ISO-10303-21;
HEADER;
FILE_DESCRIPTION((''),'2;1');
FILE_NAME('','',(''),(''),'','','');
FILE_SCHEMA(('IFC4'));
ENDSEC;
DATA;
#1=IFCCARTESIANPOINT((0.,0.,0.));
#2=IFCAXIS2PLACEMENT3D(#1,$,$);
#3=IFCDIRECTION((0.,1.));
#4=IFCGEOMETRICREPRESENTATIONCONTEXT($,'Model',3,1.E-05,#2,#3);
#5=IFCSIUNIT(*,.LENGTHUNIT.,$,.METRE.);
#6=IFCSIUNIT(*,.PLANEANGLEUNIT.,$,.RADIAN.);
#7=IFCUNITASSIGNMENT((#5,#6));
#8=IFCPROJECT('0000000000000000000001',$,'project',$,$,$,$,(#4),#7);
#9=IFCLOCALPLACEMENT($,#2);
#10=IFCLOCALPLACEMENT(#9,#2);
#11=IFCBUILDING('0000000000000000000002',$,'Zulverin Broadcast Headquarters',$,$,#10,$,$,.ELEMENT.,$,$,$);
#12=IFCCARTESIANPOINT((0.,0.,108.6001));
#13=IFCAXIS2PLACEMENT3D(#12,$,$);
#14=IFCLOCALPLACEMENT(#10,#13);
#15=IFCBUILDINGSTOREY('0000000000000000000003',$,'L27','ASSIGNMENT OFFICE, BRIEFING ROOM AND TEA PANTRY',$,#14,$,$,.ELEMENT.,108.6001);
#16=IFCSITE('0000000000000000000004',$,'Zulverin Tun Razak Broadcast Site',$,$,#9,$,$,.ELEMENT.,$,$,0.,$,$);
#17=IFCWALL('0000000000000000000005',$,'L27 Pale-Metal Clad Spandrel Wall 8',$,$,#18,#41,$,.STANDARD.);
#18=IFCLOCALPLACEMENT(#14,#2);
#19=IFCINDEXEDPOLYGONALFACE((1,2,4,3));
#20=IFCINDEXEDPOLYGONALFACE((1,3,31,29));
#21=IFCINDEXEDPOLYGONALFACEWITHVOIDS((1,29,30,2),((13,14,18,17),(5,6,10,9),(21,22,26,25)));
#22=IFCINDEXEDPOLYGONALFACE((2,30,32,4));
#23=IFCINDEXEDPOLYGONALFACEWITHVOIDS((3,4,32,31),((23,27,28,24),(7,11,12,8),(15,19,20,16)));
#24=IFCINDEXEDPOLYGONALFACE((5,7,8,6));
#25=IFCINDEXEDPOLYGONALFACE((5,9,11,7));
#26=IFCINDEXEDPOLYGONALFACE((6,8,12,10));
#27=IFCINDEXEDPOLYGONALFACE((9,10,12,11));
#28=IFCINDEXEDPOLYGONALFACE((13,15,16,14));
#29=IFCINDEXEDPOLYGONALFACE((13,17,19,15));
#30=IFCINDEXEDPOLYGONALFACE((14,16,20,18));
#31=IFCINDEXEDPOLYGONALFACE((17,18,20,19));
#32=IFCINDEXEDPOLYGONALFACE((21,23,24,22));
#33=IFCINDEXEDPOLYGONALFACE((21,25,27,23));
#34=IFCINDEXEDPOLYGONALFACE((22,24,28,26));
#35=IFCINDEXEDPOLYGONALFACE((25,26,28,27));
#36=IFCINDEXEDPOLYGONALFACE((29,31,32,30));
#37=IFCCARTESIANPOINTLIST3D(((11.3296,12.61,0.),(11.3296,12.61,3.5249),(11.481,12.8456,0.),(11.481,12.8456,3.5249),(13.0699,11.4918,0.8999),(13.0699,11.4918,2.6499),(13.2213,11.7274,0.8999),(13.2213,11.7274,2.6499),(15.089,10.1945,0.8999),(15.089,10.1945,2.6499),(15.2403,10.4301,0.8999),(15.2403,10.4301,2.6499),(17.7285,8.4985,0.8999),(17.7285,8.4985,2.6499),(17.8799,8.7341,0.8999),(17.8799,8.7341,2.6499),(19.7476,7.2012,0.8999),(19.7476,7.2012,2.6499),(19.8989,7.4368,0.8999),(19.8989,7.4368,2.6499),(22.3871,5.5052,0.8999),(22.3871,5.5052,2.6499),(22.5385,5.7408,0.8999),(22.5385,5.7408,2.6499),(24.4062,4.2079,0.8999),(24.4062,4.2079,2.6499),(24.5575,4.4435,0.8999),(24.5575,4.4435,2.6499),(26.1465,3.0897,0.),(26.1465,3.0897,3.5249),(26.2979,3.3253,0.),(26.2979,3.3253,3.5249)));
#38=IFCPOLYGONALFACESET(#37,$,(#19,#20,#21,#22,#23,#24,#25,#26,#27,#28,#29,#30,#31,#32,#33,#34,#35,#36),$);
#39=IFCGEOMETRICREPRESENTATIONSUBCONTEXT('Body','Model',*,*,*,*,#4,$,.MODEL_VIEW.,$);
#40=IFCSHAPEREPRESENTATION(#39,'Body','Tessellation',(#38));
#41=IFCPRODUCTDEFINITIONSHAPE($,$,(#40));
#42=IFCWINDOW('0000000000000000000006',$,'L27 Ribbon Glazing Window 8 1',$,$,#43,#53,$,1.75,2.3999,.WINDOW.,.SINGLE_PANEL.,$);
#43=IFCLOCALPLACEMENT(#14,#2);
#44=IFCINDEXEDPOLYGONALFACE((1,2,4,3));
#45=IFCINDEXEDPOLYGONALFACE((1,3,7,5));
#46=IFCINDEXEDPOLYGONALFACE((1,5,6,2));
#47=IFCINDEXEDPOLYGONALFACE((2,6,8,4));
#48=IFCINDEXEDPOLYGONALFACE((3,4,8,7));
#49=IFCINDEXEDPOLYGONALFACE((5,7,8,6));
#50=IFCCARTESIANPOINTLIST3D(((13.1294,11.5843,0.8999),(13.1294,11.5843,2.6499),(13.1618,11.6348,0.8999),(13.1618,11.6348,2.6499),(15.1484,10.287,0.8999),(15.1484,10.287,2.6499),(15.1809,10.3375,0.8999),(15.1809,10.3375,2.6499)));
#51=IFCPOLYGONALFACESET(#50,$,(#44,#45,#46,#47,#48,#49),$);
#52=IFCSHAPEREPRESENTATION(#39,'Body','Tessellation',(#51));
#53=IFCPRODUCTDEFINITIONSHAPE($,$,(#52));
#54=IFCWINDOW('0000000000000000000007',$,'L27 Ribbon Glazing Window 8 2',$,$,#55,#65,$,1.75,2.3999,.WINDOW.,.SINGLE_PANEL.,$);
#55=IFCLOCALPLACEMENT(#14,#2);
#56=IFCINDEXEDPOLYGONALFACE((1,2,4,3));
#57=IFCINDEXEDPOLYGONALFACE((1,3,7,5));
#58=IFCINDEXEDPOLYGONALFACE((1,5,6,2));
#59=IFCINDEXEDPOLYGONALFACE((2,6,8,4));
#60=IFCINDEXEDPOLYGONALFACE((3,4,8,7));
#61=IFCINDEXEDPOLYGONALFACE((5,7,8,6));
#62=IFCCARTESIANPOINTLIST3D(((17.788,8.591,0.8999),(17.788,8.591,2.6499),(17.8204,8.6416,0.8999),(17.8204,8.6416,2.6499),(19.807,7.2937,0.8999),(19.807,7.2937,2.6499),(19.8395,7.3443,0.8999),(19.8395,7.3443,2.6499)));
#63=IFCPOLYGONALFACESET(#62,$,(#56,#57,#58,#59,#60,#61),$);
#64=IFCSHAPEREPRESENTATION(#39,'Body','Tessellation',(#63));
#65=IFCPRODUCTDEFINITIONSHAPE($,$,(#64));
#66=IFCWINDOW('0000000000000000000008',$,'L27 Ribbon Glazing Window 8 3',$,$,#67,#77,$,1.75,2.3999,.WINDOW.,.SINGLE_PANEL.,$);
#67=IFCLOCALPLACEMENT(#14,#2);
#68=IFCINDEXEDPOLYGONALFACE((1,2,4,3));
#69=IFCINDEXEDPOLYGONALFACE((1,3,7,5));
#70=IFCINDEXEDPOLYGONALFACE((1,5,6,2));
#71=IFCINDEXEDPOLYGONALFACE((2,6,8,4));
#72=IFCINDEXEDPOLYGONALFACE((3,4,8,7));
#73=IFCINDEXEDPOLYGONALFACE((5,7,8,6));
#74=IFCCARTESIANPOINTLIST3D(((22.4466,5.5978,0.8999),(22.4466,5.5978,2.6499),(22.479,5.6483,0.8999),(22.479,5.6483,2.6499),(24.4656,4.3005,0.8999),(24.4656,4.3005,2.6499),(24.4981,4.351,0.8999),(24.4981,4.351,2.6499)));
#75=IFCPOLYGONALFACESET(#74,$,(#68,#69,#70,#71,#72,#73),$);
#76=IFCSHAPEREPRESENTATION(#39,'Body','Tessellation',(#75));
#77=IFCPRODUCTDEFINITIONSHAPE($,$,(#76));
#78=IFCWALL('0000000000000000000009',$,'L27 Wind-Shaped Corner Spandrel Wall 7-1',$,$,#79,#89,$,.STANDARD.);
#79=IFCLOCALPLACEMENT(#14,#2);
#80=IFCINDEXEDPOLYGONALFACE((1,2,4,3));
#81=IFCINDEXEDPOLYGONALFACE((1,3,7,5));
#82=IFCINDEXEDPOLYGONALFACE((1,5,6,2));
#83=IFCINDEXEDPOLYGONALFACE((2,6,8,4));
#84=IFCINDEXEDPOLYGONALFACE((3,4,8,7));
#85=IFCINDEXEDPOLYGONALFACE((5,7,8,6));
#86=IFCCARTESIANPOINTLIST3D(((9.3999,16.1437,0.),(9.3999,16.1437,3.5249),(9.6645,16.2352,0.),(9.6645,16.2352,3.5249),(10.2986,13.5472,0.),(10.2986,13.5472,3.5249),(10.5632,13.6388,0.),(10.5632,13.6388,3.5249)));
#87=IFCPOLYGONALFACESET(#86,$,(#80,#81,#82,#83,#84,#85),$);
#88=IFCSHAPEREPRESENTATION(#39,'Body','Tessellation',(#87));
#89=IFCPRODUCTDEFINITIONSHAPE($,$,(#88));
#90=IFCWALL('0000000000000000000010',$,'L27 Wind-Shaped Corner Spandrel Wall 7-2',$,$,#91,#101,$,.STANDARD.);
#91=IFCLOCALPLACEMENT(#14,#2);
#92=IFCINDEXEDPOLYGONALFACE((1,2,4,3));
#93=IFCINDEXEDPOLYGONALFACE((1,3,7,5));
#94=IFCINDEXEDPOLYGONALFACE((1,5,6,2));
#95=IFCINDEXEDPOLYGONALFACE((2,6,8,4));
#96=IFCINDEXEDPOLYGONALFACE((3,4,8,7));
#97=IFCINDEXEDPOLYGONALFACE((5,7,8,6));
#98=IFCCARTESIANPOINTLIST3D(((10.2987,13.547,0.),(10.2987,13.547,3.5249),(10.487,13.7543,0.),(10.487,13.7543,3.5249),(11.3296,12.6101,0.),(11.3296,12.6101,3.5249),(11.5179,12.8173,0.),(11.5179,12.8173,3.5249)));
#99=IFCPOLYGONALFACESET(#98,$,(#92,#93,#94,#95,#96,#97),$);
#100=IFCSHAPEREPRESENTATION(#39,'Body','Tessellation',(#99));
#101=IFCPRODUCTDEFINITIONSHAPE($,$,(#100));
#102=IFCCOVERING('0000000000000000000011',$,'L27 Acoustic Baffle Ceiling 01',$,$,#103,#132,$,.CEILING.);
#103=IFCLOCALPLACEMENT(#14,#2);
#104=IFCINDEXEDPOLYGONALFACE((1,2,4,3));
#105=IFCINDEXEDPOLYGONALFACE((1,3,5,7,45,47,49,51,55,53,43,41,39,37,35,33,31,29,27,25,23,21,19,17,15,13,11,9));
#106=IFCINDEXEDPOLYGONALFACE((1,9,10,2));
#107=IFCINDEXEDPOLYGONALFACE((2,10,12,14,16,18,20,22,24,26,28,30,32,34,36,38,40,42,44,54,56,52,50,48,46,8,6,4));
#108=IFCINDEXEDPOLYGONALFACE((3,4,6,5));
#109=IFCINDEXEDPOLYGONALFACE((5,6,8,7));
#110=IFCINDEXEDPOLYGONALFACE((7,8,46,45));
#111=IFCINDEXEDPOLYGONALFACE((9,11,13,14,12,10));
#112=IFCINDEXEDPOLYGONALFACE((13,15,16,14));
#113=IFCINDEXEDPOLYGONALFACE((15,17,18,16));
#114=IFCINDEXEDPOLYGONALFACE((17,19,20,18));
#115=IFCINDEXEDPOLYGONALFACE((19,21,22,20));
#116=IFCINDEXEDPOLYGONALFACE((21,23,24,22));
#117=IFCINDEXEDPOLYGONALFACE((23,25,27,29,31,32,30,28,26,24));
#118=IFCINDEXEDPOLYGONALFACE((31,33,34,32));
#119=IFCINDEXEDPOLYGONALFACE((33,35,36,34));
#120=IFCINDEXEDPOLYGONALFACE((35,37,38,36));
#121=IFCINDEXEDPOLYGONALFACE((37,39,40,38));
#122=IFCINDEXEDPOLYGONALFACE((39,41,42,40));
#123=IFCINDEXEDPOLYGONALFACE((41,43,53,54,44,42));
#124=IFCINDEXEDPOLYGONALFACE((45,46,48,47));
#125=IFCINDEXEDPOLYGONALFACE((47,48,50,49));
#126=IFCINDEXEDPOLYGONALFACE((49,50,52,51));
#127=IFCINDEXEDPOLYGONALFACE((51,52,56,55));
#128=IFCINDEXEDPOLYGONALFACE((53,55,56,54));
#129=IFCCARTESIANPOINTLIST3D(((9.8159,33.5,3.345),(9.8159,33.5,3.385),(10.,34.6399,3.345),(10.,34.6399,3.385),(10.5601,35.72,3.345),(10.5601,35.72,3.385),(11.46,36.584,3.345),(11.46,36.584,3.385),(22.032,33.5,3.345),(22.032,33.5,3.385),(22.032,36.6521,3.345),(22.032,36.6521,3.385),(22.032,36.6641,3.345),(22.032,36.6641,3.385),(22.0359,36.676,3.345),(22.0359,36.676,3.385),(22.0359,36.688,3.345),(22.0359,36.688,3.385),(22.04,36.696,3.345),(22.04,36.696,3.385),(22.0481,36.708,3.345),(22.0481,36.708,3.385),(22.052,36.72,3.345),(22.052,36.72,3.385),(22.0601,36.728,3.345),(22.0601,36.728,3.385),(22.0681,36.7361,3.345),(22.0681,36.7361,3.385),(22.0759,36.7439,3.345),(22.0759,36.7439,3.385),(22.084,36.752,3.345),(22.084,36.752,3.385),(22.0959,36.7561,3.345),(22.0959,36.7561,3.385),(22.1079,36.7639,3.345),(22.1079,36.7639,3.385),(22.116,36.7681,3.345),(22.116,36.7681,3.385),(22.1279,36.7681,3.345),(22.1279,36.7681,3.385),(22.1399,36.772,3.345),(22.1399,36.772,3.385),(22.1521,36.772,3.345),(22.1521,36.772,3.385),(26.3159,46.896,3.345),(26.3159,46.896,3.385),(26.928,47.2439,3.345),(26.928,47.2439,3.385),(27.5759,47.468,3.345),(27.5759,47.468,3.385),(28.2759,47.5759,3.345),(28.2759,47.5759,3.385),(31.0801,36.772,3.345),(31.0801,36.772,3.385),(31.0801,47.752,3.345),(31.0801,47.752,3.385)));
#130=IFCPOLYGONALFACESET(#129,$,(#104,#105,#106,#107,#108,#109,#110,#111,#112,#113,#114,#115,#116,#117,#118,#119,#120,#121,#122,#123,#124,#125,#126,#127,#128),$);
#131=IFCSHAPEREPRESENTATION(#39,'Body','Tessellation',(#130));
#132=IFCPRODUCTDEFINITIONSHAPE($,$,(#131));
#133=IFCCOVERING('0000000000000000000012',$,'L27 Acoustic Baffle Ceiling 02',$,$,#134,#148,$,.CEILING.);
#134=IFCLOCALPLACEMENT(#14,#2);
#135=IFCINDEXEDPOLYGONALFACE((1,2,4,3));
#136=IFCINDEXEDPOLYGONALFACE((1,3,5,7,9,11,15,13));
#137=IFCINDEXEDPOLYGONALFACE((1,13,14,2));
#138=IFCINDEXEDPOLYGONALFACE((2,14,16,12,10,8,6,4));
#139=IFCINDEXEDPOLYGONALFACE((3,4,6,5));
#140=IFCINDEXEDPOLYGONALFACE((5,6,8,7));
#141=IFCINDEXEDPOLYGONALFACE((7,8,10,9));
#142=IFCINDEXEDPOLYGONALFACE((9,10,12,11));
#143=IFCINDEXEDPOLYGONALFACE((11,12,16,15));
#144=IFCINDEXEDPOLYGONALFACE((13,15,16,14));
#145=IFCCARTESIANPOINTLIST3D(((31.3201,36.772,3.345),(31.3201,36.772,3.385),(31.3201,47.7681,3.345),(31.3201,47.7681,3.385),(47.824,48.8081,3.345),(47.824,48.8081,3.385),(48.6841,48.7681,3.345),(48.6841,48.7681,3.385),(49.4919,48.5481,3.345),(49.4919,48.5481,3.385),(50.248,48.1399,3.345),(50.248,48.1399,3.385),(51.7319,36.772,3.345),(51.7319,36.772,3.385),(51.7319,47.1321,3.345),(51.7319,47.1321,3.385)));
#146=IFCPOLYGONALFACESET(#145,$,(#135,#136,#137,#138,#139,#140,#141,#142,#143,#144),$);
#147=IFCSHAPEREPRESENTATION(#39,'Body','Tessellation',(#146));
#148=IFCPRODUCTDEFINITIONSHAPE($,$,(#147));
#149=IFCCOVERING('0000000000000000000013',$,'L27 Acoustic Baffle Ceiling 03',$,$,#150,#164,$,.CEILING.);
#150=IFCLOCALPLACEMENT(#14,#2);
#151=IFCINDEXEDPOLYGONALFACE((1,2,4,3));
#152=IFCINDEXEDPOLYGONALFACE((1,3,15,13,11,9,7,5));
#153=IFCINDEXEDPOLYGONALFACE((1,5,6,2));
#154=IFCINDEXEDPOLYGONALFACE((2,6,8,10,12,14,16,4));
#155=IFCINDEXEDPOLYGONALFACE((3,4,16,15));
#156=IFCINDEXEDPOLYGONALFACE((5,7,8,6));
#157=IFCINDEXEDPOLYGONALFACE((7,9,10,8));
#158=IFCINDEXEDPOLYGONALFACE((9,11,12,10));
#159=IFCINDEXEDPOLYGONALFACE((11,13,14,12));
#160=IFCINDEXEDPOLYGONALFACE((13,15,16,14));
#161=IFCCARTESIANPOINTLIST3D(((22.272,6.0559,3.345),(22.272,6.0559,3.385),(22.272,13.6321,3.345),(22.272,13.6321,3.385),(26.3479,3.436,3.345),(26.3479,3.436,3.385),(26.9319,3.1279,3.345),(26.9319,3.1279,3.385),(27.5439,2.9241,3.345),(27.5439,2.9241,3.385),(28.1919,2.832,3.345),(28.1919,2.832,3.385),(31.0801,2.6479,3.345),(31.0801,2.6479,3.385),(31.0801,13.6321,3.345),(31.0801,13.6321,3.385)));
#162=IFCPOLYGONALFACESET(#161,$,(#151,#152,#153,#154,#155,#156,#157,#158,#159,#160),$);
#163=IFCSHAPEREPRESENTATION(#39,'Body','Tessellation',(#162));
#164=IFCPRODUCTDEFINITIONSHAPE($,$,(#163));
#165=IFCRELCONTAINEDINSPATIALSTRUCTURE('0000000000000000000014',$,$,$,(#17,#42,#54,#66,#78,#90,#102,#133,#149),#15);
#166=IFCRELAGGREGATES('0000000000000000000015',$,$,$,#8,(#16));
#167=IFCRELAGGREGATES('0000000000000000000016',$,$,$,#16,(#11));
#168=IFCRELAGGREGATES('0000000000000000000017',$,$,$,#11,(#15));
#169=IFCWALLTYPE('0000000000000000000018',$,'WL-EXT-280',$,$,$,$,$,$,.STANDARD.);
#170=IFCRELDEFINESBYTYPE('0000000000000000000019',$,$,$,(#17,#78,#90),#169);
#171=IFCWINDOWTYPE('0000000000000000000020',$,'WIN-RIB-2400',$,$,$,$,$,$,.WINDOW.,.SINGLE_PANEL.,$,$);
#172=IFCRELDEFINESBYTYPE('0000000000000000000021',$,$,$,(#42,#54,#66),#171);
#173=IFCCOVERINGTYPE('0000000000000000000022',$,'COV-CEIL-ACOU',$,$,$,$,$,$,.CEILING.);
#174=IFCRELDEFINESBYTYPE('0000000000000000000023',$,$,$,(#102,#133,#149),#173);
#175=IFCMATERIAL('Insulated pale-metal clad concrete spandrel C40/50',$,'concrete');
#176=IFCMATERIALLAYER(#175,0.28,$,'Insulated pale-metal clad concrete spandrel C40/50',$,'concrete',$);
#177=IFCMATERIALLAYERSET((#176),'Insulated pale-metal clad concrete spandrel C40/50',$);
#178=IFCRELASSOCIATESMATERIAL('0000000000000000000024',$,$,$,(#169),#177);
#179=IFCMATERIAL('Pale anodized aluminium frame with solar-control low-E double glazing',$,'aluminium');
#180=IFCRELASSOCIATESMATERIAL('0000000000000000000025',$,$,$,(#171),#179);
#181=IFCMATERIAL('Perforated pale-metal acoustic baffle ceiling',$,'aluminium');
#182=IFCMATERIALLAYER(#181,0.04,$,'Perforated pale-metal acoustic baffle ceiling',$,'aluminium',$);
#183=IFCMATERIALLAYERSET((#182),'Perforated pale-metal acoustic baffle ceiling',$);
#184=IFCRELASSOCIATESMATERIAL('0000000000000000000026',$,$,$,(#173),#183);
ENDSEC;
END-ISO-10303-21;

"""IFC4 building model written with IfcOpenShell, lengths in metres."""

from ifc_helpers import new_model, si_unit, direction, frame, frame_2d, origin, place, context, subcontext, project, spatial, polyline, rectangle, outline, extrude, material, layer, layer_set, type_object, element, fill, save


model = new_model("IFC4")

# Units and contexts
model_context = context("Model", 3, precision=1e-05, world=origin(), true_north=direction((0.0, 1.0)))
body_context = subcontext(model_context, "Body", "Model", "MODEL_VIEW")
ifc_project = project(units=[si_unit("LENGTHUNIT", "METRE"), si_unit("PLANEANGLEUNIT", "RADIAN")], contexts=[model_context])

# Site, building, storey
site_placement = place(None, origin())
site = spatial("IfcSite", under=ifc_project, at=site_placement, Name="Zulverin Tun Razak Broadcast Site", CompositionType="ELEMENT", RefElevation=0.0)
building_placement = place(site_placement, origin())
building = spatial("IfcBuilding", under=site, at=building_placement, Name="Zulverin Broadcast Headquarters", CompositionType="ELEMENT")
storey_placement = place(building_placement, frame((0.0, 0.0, 108.6001)))
storey = spatial("IfcBuildingStorey", under=building, at=storey_placement, Name="L27", Description="ASSIGNMENT OFFICE, BRIEFING ROOM AND TEA PANTRY", CompositionType="ELEMENT", Elevation=108.6001)

# Wall, openings, windows
ifc_material_1 = material(Name="Insulated pale-metal clad concrete spandrel C40/50", Category="concrete")
ifc_layer_1 = layer(ifc_material_1, 0.28, Name="Insulated pale-metal clad concrete spandrel C40/50", Category="concrete")
ifc_layer_set_1 = layer_set([ifc_layer_1], Name="Insulated pale-metal clad concrete spandrel C40/50")
wall_type = type_object("IfcWallType", Name="WL-EXT-280", PredefinedType="STANDARD", material=ifc_layer_set_1)
wall_1_placement = place(storey_placement, frame((11.4053, 12.7278, 0.0), z_axis=(0.0, 0.0, 1.0), x_axis=(0.841305, -0.540561, 0.0)))
wall_1 = element("IfcWall", 1, at=wall_1_placement, inside=storey, type_object=wall_type, Name="L27 Pale-Metal Clad Spandrel Wall 8", PredefinedType="STANDARD", context=body_context, shape_type="SweptSolid", body=[
    extrude(rectangle(XDim=17.6118, YDim=0.28, at=frame_2d((8.8059, 0.0))), origin(), (0.0, 0.0, 1.0), 3.5249),
])
opening_1_placement = place(wall_1_placement, frame((2.0686, 0.0, 0.8999)))
opening_1 = element("IfcOpeningElement", 2, at=opening_1_placement, cuts=wall_1, PredefinedType="OPENING", context=body_context, shape_type="SweptSolid", body=[
    extrude(rectangle(XDim=2.3999, YDim=1.75, at=frame_2d((1.2, 0.875))), frame((0.0, 0.1499, 0.0), z_axis=(0.0, -1.0, 0.0), x_axis=(1.0, 0.0, 0.0)), (0.0, 0.0, 1.0), 0.3),
])
opening_2_placement = place(wall_1_placement, frame((7.606, 0.0, 0.8999)))
opening_2 = element("IfcOpeningElement", 3, at=opening_2_placement, cuts=wall_1, PredefinedType="OPENING", context=body_context, shape_type="SweptSolid", body=[
    extrude(rectangle(XDim=2.3999, YDim=1.75, at=frame_2d((1.2, 0.875))), frame((0.0, 0.1499, 0.0), z_axis=(0.0, -1.0, 0.0), x_axis=(1.0, 0.0, 0.0)), (0.0, 0.0, 1.0), 0.3),
])
opening_3_placement = place(wall_1_placement, frame((13.1433, 0.0, 0.8999)))
opening_3 = element("IfcOpeningElement", 4, at=opening_3_placement, cuts=wall_1, PredefinedType="OPENING", context=body_context, shape_type="SweptSolid", body=[
    extrude(rectangle(XDim=2.3999, YDim=1.75, at=frame_2d((1.2, 0.875))), frame((0.0, 0.1499, 0.0), z_axis=(0.0, -1.0, 0.0), x_axis=(1.0, 0.0, 0.0)), (0.0, 0.0, 1.0), 0.3),
])
ifc_material_2 = material(Name="Pale anodized aluminium frame with solar-control low-E double glazing", Category="aluminium")
window_type = type_object("IfcWindowType", Name="WIN-RIB-2400", PartitioningType="SINGLE_PANEL", PredefinedType="WINDOW", material=ifc_material_2)
window_1_placement = place(opening_1_placement, origin())
window_1 = element("IfcWindow", 5, at=window_1_placement, inside=storey, type_object=window_type, Name="L27 Ribbon Glazing Window 8 1", OverallHeight=1.75, OverallWidth=2.3999, PartitioningType="SINGLE_PANEL", PredefinedType="WINDOW", context=body_context, shape_type="SweptSolid", body=[
    extrude(rectangle(XDim=2.3999, YDim=1.75, at=frame_2d((1.2, 0.875))), frame((0.0, 0.03, 0.0), z_axis=(0.0, -1.0, 0.0), x_axis=(1.0, 0.0, 0.0)), (0.0, 0.0, 1.0), 0.0601),
])
fill(opening_1, window_1)
window_2_placement = place(opening_2_placement, origin())
window_2 = element("IfcWindow", 6, at=window_2_placement, inside=storey, type_object=window_type, Name="L27 Ribbon Glazing Window 8 2", OverallHeight=1.75, OverallWidth=2.3999, PartitioningType="SINGLE_PANEL", PredefinedType="WINDOW", context=body_context, shape_type="SweptSolid", body=[
    extrude(rectangle(XDim=2.3999, YDim=1.75, at=frame_2d((1.2, 0.875))), frame((0.0, 0.03, 0.0), z_axis=(0.0, -1.0, 0.0), x_axis=(1.0, 0.0, 0.0)), (0.0, 0.0, 1.0), 0.0601),
])
fill(opening_2, window_2)
window_3_placement = place(opening_3_placement, origin())
window_3 = element("IfcWindow", 7, at=window_3_placement, inside=storey, type_object=window_type, Name="L27 Ribbon Glazing Window 8 3", OverallHeight=1.75, OverallWidth=2.3999, PartitioningType="SINGLE_PANEL", PredefinedType="WINDOW", context=body_context, shape_type="SweptSolid", body=[
    extrude(rectangle(XDim=2.3999, YDim=1.75, at=frame_2d((1.2, 0.875))), frame((0.0, 0.03, 0.0), z_axis=(0.0, -1.0, 0.0), x_axis=(1.0, 0.0, 0.0)), (0.0, 0.0, 1.0), 0.0601),
])
fill(opening_3, window_3)

# Walls
wall_2_placement = place(storey_placement, frame((9.5322, 16.1895, 0.0), z_axis=(0.0, 0.0, 1.0), x_axis=(0.327083, -0.944996, 0.0)))
element("IfcWall", 8, at=wall_2_placement, inside=storey, type_object=wall_type, Name="L27 Wind-Shaped Corner Spandrel Wall 7-1", PredefinedType="STANDARD", context=body_context, shape_type="SweptSolid", body=[
    extrude(rectangle(XDim=2.7476, YDim=0.28, at=frame_2d((1.3738, 0.0))), origin(), (0.0, 0.0, 1.0), 3.5249),
])
wall_3_placement = place(storey_placement, frame((10.3928, 13.6506, 0.0), z_axis=(0.0, 0.0, 1.0), x_axis=(0.740035, -0.672568, 0.0)))
element("IfcWall", 9, at=wall_3_placement, inside=storey, type_object=wall_type, Name="L27 Wind-Shaped Corner Spandrel Wall 7-2", PredefinedType="STANDARD", context=body_context, shape_type="SweptSolid", body=[
    extrude(rectangle(XDim=1.3931, YDim=0.28, at=frame_2d((0.6965, 0.0))), origin(), (0.0, 0.0, 1.0), 3.5249),
])

# Coverings
ifc_material_3 = material(Name="Perforated pale-metal acoustic baffle ceiling", Category="aluminium")
ifc_layer_2 = layer(ifc_material_3, 0.04, Name="Perforated pale-metal acoustic baffle ceiling", Category="aluminium")
ifc_layer_set_2 = layer_set([ifc_layer_2], Name="Perforated pale-metal acoustic baffle ceiling")
covering_type_1 = type_object("IfcCoveringType", Name="COV-CEIL-ACOU", PredefinedType="CEILING", material=ifc_layer_set_2)
covering_1_placement = place(storey_placement, frame((0.0, 0.0, 3.345)))
element("IfcCovering", 10, at=covering_1_placement, inside=storey, type_object=covering_type_1, Name="L27 Acoustic Baffle Ceiling 01", PredefinedType="CEILING", context=body_context, shape_type="SweptSolid", body=[
    extrude(outline(polyline([(11.46, 36.584), (10.5601, 35.72), (10.0, 34.6399), (9.8159, 33.5), (22.032, 33.5), (22.032, 36.6521), (22.032, 36.6641), (22.0359, 36.676), (22.0359, 36.688), (22.04, 36.696), (22.0481, 36.708), (22.052, 36.72), (22.0601, 36.728), (22.0681, 36.7361), (22.0759, 36.7439), (22.084, 36.752), (22.0959, 36.7561), (22.1079, 36.7639), (22.116, 36.7681), (22.1279, 36.7681), (22.1399, 36.772), (22.1521, 36.772), (31.0801, 36.772), (31.0801, 47.752), (28.2759, 47.5759), (27.5759, 47.468), (26.928, 47.2439), (26.3159, 46.896), (11.46, 36.584)])), origin(), (0.0, 0.0, 1.0), 0.04),
])
covering_2_placement = place(storey_placement, frame((0.0, 0.0, 3.345)))
element("IfcCovering", 11, at=covering_2_placement, inside=storey, type_object=covering_type_1, Name="L27 Acoustic Baffle Ceiling 02", PredefinedType="CEILING", context=body_context, shape_type="SweptSolid", body=[
    extrude(outline(polyline([(51.7319, 36.772), (51.7319, 47.1321), (50.248, 48.1399), (49.4919, 48.5481), (48.6841, 48.7681), (47.824, 48.8081), (31.3201, 47.7681), (31.3201, 36.772), (51.7319, 36.772)])), origin(), (0.0, 0.0, 1.0), 0.04),
])
covering_3_placement = place(storey_placement, frame((0.0, 0.0, 3.345)))
element("IfcCovering", 12, at=covering_3_placement, inside=storey, type_object=covering_type_1, Name="L27 Acoustic Baffle Ceiling 03", PredefinedType="CEILING", context=body_context, shape_type="SweptSolid", body=[
    extrude(outline(polyline([(22.272, 13.6321), (22.272, 6.0559), (26.3479, 3.436), (26.9319, 3.1279), (27.5439, 2.9241), (28.1919, 2.832), (31.0801, 2.6479), (31.0801, 13.6321), (22.272, 13.6321)])), origin(), (0.0, 0.0, 1.0), 0.04),
])

save(model, "model.ifc")
